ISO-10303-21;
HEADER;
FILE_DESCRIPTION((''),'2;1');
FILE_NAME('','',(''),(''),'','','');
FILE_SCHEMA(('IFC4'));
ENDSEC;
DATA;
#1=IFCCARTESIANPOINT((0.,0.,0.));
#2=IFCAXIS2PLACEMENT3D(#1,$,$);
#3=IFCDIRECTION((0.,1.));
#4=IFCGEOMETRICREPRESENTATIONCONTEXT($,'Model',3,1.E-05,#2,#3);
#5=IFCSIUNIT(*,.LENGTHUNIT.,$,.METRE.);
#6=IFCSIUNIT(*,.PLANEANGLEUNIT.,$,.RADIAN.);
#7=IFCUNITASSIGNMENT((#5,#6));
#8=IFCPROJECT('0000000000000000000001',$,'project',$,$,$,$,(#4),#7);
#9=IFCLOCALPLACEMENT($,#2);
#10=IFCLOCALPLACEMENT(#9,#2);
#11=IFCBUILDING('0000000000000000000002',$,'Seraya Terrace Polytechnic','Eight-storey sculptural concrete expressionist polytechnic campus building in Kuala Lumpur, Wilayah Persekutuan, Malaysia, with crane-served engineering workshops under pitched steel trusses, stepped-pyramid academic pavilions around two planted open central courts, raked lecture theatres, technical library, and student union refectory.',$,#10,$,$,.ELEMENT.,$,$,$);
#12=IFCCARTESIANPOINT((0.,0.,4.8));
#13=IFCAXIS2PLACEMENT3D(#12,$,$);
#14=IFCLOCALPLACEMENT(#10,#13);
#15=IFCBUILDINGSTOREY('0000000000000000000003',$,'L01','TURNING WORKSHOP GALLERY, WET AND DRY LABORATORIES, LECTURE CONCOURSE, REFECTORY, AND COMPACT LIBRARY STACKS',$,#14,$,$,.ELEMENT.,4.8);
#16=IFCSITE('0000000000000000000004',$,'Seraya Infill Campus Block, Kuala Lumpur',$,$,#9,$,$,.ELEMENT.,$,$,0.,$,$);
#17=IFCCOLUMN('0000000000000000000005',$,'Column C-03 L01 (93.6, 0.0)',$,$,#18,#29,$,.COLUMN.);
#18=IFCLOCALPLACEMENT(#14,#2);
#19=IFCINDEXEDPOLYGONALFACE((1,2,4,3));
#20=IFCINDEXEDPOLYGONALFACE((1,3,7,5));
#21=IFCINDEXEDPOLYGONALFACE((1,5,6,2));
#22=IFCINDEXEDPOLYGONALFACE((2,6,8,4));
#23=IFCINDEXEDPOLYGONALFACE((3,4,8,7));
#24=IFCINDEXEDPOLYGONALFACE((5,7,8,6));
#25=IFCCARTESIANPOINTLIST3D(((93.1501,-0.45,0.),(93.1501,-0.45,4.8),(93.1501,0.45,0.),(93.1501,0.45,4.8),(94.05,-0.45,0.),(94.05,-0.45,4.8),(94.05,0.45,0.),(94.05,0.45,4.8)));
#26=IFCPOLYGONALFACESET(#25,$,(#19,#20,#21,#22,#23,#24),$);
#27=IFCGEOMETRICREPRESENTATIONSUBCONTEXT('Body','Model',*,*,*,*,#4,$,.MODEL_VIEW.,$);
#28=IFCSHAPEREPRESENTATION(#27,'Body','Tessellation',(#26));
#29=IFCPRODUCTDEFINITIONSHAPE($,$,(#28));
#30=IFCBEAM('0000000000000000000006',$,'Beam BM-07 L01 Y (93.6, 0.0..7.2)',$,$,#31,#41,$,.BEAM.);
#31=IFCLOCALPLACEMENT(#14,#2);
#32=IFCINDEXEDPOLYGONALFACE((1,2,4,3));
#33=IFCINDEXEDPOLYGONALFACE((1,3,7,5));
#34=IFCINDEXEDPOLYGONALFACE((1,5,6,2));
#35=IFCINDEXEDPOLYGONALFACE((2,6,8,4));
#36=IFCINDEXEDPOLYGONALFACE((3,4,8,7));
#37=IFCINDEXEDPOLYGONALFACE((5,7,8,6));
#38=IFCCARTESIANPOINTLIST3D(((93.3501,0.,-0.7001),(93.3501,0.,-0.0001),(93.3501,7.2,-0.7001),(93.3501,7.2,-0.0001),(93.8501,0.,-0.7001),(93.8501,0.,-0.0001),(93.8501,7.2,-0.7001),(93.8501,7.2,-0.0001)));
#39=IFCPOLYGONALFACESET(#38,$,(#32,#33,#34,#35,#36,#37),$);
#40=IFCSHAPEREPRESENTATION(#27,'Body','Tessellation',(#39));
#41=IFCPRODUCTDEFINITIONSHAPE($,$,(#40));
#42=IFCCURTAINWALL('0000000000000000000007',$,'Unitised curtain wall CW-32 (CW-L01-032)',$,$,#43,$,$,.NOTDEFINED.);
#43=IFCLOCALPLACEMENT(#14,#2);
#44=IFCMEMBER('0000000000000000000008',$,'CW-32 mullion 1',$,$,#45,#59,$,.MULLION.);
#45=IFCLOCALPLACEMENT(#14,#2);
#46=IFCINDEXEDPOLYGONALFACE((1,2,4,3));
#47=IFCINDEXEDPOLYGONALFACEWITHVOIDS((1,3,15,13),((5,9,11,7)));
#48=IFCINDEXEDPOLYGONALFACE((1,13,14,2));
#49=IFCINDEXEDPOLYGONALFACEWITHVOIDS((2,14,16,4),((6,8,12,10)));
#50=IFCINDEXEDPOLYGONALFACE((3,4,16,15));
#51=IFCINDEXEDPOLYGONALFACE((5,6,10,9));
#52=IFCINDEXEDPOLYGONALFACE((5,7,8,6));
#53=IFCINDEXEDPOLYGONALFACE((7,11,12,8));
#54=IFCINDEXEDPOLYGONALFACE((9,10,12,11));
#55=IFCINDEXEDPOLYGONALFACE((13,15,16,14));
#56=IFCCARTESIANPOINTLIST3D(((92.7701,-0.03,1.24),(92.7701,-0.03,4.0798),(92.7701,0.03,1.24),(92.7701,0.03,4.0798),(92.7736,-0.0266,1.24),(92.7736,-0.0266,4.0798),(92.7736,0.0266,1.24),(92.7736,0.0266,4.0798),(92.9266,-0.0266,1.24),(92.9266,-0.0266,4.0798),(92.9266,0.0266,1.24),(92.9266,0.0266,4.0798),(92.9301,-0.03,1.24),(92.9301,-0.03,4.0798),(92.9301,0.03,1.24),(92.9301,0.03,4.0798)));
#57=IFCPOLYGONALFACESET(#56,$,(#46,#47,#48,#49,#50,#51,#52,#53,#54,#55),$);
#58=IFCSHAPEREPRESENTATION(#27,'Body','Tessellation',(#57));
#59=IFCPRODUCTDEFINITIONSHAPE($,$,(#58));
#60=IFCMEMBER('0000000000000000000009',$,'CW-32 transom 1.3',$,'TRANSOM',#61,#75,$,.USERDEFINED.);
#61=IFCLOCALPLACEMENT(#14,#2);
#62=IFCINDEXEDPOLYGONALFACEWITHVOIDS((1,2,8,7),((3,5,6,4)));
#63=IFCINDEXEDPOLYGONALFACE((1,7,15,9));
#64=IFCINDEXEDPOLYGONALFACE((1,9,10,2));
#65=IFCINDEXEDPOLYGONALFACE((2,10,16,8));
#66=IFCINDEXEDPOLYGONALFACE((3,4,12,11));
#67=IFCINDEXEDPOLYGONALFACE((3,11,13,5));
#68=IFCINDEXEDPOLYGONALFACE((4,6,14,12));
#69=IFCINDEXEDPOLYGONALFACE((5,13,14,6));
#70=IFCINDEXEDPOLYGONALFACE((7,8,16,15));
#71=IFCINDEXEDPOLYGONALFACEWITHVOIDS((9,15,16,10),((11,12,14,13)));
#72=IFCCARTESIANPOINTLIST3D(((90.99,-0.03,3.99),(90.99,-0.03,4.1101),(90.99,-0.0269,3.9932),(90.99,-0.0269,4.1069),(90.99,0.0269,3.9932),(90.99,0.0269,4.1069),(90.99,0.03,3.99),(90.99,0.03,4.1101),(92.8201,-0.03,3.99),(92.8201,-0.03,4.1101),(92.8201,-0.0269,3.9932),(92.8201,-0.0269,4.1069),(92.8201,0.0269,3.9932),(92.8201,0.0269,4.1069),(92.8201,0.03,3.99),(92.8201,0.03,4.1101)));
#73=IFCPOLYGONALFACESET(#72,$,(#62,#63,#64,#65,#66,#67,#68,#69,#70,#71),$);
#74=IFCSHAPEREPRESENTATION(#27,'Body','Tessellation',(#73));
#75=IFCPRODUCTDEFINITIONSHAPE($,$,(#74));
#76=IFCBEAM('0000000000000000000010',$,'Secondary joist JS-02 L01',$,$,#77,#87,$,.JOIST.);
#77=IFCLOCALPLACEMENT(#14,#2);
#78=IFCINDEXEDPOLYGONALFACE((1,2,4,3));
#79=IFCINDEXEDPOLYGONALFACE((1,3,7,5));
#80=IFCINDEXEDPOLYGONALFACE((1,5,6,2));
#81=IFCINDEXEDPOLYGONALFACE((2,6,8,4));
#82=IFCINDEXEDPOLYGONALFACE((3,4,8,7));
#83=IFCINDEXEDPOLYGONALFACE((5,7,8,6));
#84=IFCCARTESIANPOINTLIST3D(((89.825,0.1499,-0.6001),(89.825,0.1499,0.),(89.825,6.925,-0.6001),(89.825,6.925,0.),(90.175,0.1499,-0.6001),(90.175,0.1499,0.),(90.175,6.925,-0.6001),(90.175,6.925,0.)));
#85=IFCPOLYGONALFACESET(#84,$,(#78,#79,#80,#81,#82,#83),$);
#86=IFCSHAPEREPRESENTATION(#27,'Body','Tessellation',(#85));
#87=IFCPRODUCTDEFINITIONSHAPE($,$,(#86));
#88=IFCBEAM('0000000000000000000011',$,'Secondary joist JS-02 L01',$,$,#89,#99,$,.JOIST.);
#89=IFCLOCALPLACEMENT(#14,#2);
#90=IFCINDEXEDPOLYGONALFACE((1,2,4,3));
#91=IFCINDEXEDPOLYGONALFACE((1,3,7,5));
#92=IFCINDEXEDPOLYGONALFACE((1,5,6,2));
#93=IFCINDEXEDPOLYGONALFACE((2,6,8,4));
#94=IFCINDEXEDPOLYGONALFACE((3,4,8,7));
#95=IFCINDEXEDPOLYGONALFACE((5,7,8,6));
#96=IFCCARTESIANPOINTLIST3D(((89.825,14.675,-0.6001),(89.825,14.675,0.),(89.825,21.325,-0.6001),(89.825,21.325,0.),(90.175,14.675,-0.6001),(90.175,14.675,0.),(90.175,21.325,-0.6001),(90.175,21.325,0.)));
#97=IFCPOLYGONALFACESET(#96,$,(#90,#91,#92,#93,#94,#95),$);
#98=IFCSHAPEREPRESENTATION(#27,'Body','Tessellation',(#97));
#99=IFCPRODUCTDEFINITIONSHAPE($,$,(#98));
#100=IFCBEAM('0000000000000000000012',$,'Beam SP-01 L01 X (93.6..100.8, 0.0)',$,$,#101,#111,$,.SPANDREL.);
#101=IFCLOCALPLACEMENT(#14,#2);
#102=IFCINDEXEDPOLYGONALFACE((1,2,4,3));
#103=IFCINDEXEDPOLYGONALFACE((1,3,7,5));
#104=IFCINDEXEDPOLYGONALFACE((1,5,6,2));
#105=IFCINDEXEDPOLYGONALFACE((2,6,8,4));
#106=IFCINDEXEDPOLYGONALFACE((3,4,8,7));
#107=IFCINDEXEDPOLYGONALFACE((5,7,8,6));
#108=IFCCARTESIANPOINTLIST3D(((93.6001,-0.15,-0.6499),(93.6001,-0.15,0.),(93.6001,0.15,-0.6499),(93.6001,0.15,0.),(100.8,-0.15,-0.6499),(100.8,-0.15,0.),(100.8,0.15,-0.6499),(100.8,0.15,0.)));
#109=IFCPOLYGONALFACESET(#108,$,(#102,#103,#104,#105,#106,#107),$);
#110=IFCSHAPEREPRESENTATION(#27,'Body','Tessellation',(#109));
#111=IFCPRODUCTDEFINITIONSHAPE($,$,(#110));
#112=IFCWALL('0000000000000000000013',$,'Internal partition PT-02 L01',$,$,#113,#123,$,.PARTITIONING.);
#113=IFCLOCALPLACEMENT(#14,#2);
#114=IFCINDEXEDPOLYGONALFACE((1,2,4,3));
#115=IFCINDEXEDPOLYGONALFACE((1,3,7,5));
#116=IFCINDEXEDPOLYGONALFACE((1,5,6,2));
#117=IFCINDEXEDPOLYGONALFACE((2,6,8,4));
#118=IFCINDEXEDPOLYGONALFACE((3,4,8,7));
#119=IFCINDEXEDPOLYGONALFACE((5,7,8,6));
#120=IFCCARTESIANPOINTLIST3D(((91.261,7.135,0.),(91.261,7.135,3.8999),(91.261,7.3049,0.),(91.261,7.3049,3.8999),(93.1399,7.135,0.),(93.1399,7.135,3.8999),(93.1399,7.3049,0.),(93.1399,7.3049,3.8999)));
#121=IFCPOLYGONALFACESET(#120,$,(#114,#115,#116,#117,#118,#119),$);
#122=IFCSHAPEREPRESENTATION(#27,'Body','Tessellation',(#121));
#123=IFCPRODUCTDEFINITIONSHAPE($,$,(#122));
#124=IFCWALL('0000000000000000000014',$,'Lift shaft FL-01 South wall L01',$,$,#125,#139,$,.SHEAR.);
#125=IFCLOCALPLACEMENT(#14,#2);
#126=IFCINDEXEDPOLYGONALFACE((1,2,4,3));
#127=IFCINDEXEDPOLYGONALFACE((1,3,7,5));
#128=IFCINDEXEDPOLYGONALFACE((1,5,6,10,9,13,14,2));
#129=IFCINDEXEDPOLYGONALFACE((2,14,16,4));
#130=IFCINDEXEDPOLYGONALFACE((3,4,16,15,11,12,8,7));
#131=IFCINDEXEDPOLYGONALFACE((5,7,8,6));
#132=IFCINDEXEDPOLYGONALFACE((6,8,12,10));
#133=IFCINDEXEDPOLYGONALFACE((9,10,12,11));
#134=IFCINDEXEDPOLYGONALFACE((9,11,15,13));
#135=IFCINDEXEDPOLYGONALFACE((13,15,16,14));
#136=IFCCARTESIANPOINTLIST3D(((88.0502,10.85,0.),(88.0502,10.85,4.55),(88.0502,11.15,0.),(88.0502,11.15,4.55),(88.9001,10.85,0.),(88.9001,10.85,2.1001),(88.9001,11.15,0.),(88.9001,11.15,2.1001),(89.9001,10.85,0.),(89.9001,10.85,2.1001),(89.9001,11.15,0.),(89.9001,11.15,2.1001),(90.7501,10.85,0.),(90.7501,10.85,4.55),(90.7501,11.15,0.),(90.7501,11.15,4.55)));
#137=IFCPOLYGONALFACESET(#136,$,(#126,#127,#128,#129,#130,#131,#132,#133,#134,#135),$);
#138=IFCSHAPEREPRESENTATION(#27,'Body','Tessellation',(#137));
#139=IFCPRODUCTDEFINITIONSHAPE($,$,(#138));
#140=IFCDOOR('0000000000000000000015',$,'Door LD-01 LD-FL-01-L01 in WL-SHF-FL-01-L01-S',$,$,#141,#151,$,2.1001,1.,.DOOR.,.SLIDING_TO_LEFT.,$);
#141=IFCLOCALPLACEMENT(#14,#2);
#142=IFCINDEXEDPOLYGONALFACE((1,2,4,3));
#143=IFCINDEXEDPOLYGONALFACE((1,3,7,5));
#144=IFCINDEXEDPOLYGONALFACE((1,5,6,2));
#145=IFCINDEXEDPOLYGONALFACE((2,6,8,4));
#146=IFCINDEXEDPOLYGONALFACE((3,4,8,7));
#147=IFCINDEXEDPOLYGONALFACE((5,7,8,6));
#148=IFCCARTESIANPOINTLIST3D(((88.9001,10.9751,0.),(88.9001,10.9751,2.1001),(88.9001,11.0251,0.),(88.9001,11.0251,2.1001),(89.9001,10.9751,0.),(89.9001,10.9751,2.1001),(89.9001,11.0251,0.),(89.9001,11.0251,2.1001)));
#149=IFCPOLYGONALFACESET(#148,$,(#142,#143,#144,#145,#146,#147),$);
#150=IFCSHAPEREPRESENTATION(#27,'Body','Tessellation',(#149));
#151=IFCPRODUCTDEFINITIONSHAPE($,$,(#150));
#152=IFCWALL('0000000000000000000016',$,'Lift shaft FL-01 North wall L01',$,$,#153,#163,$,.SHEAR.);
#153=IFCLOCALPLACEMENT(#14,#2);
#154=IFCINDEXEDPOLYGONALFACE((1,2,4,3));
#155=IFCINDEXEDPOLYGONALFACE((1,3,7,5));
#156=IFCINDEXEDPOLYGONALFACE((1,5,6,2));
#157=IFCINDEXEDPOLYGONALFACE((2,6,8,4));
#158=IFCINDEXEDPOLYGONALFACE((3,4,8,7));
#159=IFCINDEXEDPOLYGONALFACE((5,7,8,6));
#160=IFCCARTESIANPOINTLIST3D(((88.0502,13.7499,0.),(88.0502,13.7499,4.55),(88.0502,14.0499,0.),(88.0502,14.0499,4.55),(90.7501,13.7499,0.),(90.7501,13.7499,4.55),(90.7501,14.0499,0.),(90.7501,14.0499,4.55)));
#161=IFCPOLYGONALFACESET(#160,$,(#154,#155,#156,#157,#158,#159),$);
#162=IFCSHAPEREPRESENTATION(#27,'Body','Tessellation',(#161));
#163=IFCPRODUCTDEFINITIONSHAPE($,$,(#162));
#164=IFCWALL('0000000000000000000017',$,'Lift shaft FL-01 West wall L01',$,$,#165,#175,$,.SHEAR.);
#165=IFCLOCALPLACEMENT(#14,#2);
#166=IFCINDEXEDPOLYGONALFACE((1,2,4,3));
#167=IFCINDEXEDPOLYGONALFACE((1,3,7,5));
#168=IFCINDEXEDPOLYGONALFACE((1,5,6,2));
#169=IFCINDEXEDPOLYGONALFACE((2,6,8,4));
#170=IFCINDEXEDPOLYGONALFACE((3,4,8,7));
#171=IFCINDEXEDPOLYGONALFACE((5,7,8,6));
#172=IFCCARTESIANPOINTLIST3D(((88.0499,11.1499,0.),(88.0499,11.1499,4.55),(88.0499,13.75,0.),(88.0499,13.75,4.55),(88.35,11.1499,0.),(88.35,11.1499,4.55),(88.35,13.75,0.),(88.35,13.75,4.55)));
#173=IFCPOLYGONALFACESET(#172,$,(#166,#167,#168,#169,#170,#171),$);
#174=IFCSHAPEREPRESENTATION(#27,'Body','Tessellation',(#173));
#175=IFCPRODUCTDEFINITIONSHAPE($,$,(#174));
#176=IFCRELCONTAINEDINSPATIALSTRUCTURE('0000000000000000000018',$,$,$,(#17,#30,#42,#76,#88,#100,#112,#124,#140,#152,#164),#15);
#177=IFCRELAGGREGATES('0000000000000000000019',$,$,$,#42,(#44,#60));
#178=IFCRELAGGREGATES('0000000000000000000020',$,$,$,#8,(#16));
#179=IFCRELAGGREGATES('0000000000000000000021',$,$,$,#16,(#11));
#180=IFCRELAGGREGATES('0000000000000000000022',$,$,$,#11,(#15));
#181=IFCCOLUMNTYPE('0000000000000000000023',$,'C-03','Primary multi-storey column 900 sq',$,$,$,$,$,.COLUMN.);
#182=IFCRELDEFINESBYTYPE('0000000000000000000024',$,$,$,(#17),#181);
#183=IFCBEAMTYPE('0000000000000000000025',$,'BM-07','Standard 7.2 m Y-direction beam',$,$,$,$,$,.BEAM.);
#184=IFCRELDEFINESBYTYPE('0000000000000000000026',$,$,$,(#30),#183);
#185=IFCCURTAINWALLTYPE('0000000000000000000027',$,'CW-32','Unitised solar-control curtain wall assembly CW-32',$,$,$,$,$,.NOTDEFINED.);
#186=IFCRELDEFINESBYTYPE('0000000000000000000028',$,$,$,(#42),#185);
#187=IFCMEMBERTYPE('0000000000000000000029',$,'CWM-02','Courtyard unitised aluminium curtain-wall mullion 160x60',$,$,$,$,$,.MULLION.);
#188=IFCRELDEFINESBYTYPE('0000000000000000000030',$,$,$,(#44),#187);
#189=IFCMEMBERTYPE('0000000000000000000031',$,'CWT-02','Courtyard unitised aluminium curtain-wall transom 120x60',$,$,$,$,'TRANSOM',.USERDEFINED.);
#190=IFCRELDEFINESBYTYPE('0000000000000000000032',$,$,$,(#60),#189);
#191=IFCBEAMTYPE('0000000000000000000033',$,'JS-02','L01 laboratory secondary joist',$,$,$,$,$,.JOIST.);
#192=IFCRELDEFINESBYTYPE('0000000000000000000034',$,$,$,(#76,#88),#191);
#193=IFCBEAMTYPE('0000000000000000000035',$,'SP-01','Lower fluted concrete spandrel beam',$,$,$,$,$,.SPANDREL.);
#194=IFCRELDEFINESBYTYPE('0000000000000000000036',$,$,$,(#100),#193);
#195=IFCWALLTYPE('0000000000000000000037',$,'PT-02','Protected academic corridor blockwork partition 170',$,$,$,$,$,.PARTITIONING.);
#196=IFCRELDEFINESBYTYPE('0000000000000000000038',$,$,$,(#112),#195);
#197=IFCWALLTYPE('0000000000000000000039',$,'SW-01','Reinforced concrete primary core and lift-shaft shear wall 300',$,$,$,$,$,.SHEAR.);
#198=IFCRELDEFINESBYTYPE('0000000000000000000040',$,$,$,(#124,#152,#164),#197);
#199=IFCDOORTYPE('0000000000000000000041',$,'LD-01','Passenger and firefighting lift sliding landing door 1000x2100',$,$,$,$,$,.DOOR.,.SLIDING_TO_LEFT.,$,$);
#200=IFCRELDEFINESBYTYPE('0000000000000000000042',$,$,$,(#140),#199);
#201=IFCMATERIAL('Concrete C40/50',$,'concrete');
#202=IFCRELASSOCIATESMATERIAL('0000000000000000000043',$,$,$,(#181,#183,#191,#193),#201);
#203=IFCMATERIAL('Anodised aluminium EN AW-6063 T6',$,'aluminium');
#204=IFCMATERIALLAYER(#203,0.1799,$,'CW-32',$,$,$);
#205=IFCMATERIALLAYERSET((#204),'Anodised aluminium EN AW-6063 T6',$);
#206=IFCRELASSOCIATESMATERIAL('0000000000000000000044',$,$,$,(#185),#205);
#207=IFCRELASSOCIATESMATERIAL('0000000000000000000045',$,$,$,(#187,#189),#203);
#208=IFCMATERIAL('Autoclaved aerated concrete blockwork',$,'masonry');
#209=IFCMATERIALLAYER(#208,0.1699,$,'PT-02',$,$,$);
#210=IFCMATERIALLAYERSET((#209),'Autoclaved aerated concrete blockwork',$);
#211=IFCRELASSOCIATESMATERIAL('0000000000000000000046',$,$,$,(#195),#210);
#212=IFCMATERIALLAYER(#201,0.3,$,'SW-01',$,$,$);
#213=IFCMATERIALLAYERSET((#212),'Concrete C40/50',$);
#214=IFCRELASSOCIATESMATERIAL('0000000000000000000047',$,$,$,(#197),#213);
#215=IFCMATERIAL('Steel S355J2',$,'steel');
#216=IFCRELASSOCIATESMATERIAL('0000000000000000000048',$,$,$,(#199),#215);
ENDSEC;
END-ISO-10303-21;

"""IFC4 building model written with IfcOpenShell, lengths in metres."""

from ifc_helpers import new_model, si_unit, direction, frame, frame_2d, origin, origin_2d, place, context, subcontext, project, spatial, rectangle, hollow_rectangle, extrude, material, layer, layer_set, material_profile, profile_set, type_object, element, fill, aggregate, save


model = new_model("IFC4")

# Units and contexts
model_context = context("Model", 3, precision=1e-05, world=origin(), true_north=direction((0.0, 1.0)))
body_context = subcontext(model_context, "Body", "Model", "MODEL_VIEW")
ifc_project = project(units=[si_unit("LENGTHUNIT", "METRE"), si_unit("PLANEANGLEUNIT", "RADIAN")], contexts=[model_context])

# Site, building, storey
site_placement = place(None, origin())
site = spatial("IfcSite", under=ifc_project, at=site_placement, Name="Seraya Infill Campus Block, Kuala Lumpur", CompositionType="ELEMENT", RefElevation=0.0)
building_placement = place(site_placement, origin())
building = spatial("IfcBuilding", under=site, at=building_placement, Name="Seraya Terrace Polytechnic", Description="Eight-storey sculptural concrete expressionist polytechnic campus building in Kuala Lumpur, Wilayah Persekutuan, Malaysia, with crane-served engineering workshops under pitched steel trusses, stepped-pyramid academic pavilions around two planted open central courts, raked lecture theatres, technical library, and student union refectory.", CompositionType="ELEMENT")
storey_placement = place(building_placement, frame((0.0, 0.0, 4.8)))
storey = spatial("IfcBuildingStorey", under=building, at=storey_placement, Name="L01", Description="TURNING WORKSHOP GALLERY, WET AND DRY LABORATORIES, LECTURE CONCOURSE, REFECTORY, AND COMPACT LIBRARY STACKS", CompositionType="ELEMENT", Elevation=4.8)

# Column
ifc_material_1 = material(Name="Concrete C40/50", Category="concrete")
ifc_material_profile_1 = material_profile(ifc_material_1, rectangle(XDim=0.8999, YDim=0.8999, at=origin_2d()), Name="RC 900x900")
ifc_profile_set_1 = profile_set([ifc_material_profile_1], Name="Concrete C40/50")
column_type = type_object("IfcColumnType", Name="C-03", Description="Primary multi-storey column 900 sq", PredefinedType="COLUMN", material=ifc_profile_set_1)
column_placement = place(storey_placement, frame((93.6001, 0.0, 0.0), z_axis=(0.0, 0.0, 1.0), x_axis=(1.0, 0.0, 0.0)))
element("IfcColumn", 1, at=column_placement, inside=storey, type_object=column_type, Name="Column C-03 L01 (93.6, 0.0)", PredefinedType="COLUMN", context=body_context, shape_type="SweptSolid", body=[
    extrude(rectangle(XDim=0.8999, YDim=0.8999, at=origin_2d()), origin(), (0.0, 0.0, 1.0), 4.8),
])

# Beam
ifc_material_profile_2 = material_profile(ifc_material_1, rectangle(XDim=0.5, YDim=0.7, at=origin_2d()), Name="RC 500x700")
ifc_profile_set_2 = profile_set([ifc_material_profile_2], Name="Concrete C40/50")
beam_type_1 = type_object("IfcBeamType", Name="BM-07", Description="Standard 7.2 m Y-direction beam", PredefinedType="BEAM", material=ifc_profile_set_2)
beam_1_placement = place(storey_placement, frame((93.6001, 0.0, -0.3501), z_axis=(0.0, 1.0, 0.0), x_axis=(-1.0, 0.0, 0.0)))
element("IfcBeam", 2, at=beam_1_placement, inside=storey, type_object=beam_type_1, Name="Beam BM-07 L01 Y (93.6, 0.0..7.2)", PredefinedType="BEAM", context=body_context, shape_type="SweptSolid", body=[
    extrude(rectangle(XDim=0.5, YDim=0.7, at=origin_2d()), origin(), (0.0, 0.0, 1.0), 7.2),
])

# Curtain wall, members
ifc_material_2 = material(Name="Anodised aluminium EN AW-6063 T6", Category="aluminium")
ifc_layer_1 = layer(ifc_material_2, 0.1799, Name="CW-32")
ifc_layer_set_1 = layer_set([ifc_layer_1], Name="Anodised aluminium EN AW-6063 T6")
curtain_wall_type = type_object("IfcCurtainWallType", Name="CW-32", Description="Unitised solar-control curtain wall assembly CW-32", PredefinedType="NOTDEFINED", material=ifc_layer_set_1)
curtain_wall_placement = place(storey_placement, origin())
curtain_wall = element("IfcCurtainWall", 3, at=curtain_wall_placement, inside=storey, type_object=curtain_wall_type, Name="Unitised curtain wall CW-32 (CW-L01-032)", PredefinedType="NOTDEFINED")
ifc_material_profile_3 = material_profile(ifc_material_2, hollow_rectangle(XDim=0.0601, YDim=0.1599, WallThickness=0.0034, at=origin_2d()), Name="RHS 160x60x3.5")
ifc_profile_set_3 = profile_set([ifc_material_profile_3], Name="Anodised aluminium EN AW-6063 T6")
member_type_1 = type_object("IfcMemberType", Name="CWM-02", Description="Courtyard unitised aluminium curtain-wall mullion 160x60", PredefinedType="MULLION", material=ifc_profile_set_3)
member_1_placement = place(storey_placement, frame((92.8501, 0.0, 1.24), z_axis=(0.0, 0.0, 1.0), x_axis=(0.0, -1.0, 0.0)))
member_1 = element("IfcMember", 4, at=member_1_placement, type_object=member_type_1, Name="CW-32 mullion 1", PredefinedType="MULLION", context=body_context, shape_type="SweptSolid", body=[
    extrude(hollow_rectangle(XDim=0.0601, YDim=0.1599, WallThickness=0.0034, at=origin_2d()), origin(), (0.0, 0.0, 1.0), 2.8398),
])
ifc_material_profile_4 = material_profile(ifc_material_2, hollow_rectangle(XDim=0.0601, YDim=0.1201, WallThickness=0.0032, at=origin_2d()), Name="RHS 120x60x3.2")
ifc_profile_set_4 = profile_set([ifc_material_profile_4], Name="Anodised aluminium EN AW-6063 T6")
member_type_2 = type_object("IfcMemberType", Name="CWT-02", Description="Courtyard unitised aluminium curtain-wall transom 120x60", ElementType="TRANSOM", PredefinedType="USERDEFINED", material=ifc_profile_set_4)
member_2_placement = place(storey_placement, frame((92.8201, 0.0, 4.05), z_axis=(-1.0, 0.0, 0.0), x_axis=(0.0, -1.0, 0.0)))
member_2 = element("IfcMember", 5, at=member_2_placement, type_object=member_type_2, Name="CW-32 transom 1.3", ObjectType="TRANSOM", PredefinedType="USERDEFINED", context=body_context, shape_type="SweptSolid", body=[
    extrude(hollow_rectangle(XDim=0.0601, YDim=0.1201, WallThickness=0.0032, at=origin_2d()), origin(), (0.0, 0.0, 1.0), 1.8301),
])
aggregate(curtain_wall, [member_1, member_2])

# Beams
ifc_material_profile_5 = material_profile(ifc_material_1, rectangle(XDim=0.3501, YDim=0.6001, at=origin_2d()), Name="RC 350x600")
ifc_profile_set_5 = profile_set([ifc_material_profile_5], Name="Concrete C40/50")
beam_type_2 = type_object("IfcBeamType", Name="JS-02", Description="L01 laboratory secondary joist", PredefinedType="JOIST", material=ifc_profile_set_5)
beam_2_placement = place(storey_placement, frame((90.0, 0.1499, -0.3), z_axis=(0.0, 1.0, 0.0), x_axis=(-1.0, 0.0, 0.0)))
element("IfcBeam", 6, at=beam_2_placement, inside=storey, type_object=beam_type_2, Name="Secondary joist JS-02 L01", PredefinedType="JOIST", context=body_context, shape_type="SweptSolid", body=[
    extrude(rectangle(XDim=0.3501, YDim=0.6001, at=origin_2d()), origin(), (0.0, 0.0, 1.0), 6.7751),
])
beam_3_placement = place(storey_placement, frame((90.0, 14.675, -0.3), z_axis=(0.0, 1.0, 0.0), x_axis=(-1.0, 0.0, 0.0)))
element("IfcBeam", 7, at=beam_3_placement, inside=storey, type_object=beam_type_2, Name="Secondary joist JS-02 L01", PredefinedType="JOIST", context=body_context, shape_type="SweptSolid", body=[
    extrude(rectangle(XDim=0.3501, YDim=0.6001, at=origin_2d()), origin(), (0.0, 0.0, 1.0), 6.6499),
])
ifc_material_profile_6 = material_profile(ifc_material_1, rectangle(XDim=0.3, YDim=0.6499, at=origin_2d()), Name="RC 300x650")
ifc_profile_set_6 = profile_set([ifc_material_profile_6], Name="Concrete C40/50")
beam_type_3 = type_object("IfcBeamType", Name="SP-01", Description="Lower fluted concrete spandrel beam", PredefinedType="SPANDREL", material=ifc_profile_set_6)
beam_4_placement = place(storey_placement, frame((93.6001, 0.0, -0.325), z_axis=(1.0, 0.0, 0.0), x_axis=(0.0, 1.0, 0.0)))
element("IfcBeam", 8, at=beam_4_placement, inside=storey, type_object=beam_type_3, Name="Beam SP-01 L01 X (93.6..100.8, 0.0)", PredefinedType="SPANDREL", context=body_context, shape_type="SweptSolid", body=[
    extrude(rectangle(XDim=0.3, YDim=0.6499, at=origin_2d()), origin(), (0.0, 0.0, 1.0), 7.2),
])

# Wall
ifc_material_3 = material(Name="Autoclaved aerated concrete blockwork", Category="masonry")
ifc_layer_2 = layer(ifc_material_3, 0.1699, Name="PT-02")
ifc_layer_set_2 = layer_set([ifc_layer_2], Name="Autoclaved aerated concrete blockwork")
wall_type_1 = type_object("IfcWallType", Name="PT-02", Description="Protected academic corridor blockwork partition 170", PredefinedType="PARTITIONING", material=ifc_layer_set_2)
wall_1_placement = place(storey_placement, frame((91.261, 7.22, 0.0), z_axis=(0.0, 0.0, 1.0), x_axis=(1.0, 0.0, 0.0)))
element("IfcWall", 9, at=wall_1_placement, inside=storey, type_object=wall_type_1, Name="Internal partition PT-02 L01", PredefinedType="PARTITIONING", context=body_context, shape_type="SweptSolid", body=[
    extrude(rectangle(XDim=1.8789, YDim=0.1699, at=frame_2d((0.9395, 0.0))), origin(), (0.0, 0.0, 1.0), 3.8999),
])

# Wall, opening, door
ifc_layer_3 = layer(ifc_material_1, 0.3, Name="SW-01")
ifc_layer_set_3 = layer_set([ifc_layer_3], Name="Concrete C40/50")
wall_type_2 = type_object("IfcWallType", Name="SW-01", Description="Reinforced concrete primary core and lift-shaft shear wall 300", PredefinedType="SHEAR", material=ifc_layer_set_3)
wall_2_placement = place(storey_placement, frame((88.05, 11.0, 0.0), z_axis=(0.0, 0.0, 1.0), x_axis=(1.0, 0.0, 0.0)))
wall_2 = element("IfcWall", 10, at=wall_2_placement, inside=storey, type_object=wall_type_2, Name="Lift shaft FL-01 South wall L01", PredefinedType="SHEAR", context=body_context, shape_type="SweptSolid", body=[
    extrude(rectangle(XDim=2.7, YDim=0.3, at=frame_2d((1.3501, 0.0))), origin(), (0.0, 0.0, 1.0), 4.55),
])
opening_1_placement = place(wall_2_placement, frame((0.8501, 0.0, 0.0)))
opening_1 = element("IfcOpeningElement", 11, at=opening_1_placement, cuts=wall_2, PredefinedType="OPENING", context=body_context, shape_type="SweptSolid", body=[
    extrude(rectangle(XDim=1.0, YDim=2.1001, at=frame_2d((0.5, 1.05))), frame((0.0, 0.1621, 0.0), z_axis=(0.0, -1.0, 0.0), x_axis=(1.0, 0.0, 0.0)), (0.0, 0.0, 1.0), 0.324),
])
ifc_material_4 = material(Name="Steel S355J2", Category="steel")
door_type_1 = type_object("IfcDoorType", Name="LD-01", Description="Passenger and firefighting lift sliding landing door 1000x2100", OperationType="SLIDING_TO_LEFT", PredefinedType="DOOR", material=ifc_material_4)
door_1_placement = place(opening_1_placement, frame((1.0, 0.0, 0.0), z_axis=(0.0, 0.0, 1.0), x_axis=(-1.0, 0.0, 0.0)))
door_1 = element("IfcDoor", 12, at=door_1_placement, inside=storey, type_object=door_type_1, Name="Door LD-01 LD-FL-01-L01 in WL-SHF-FL-01-L01-S", OperationType="SLIDING_TO_LEFT", OverallHeight=2.1001, OverallWidth=1.0, PredefinedType="DOOR", context=body_context, shape_type="SweptSolid", body=[
    extrude(rectangle(XDim=1.0, YDim=2.1001, at=frame_2d((0.5, 1.05))), frame((0.0, 0.0249, 0.0), z_axis=(0.0, -1.0, 0.0), x_axis=(1.0, 0.0, 0.0)), (0.0, 0.0, 1.0), 0.05),
])
fill(opening_1, door_1)

# Walls
wall_3_placement = place(storey_placement, frame((88.05, 13.8999, 0.0), z_axis=(0.0, 0.0, 1.0), x_axis=(1.0, 0.0, 0.0)))
element("IfcWall", 13, at=wall_3_placement, inside=storey, type_object=wall_type_2, Name="Lift shaft FL-01 North wall L01", PredefinedType="SHEAR", context=body_context, shape_type="SweptSolid", body=[
    extrude(rectangle(XDim=2.7, YDim=0.3, at=frame_2d((1.3501, 0.0))), origin(), (0.0, 0.0, 1.0), 4.55),
])
for number, where, z_axis, x_axis, name in (
    (14, (88.2, 11.1499, 0.0), (0.0, 0.0, 1.0), (0.0, 1.0, 0.0), "Lift shaft FL-01 West wall L01"),
):
    element("IfcWall", number, at=place(storey_placement, frame(where, z_axis=z_axis, x_axis=x_axis)), inside=storey, type_object=wall_type_2, Name=name, PredefinedType="SHEAR", context=body_context, shape_type="SweptSolid", body=[
        extrude(rectangle(XDim=2.6001, YDim=0.3, at=frame_2d((1.3, 0.0))), origin(), (0.0, 0.0, 1.0), 4.55),
    ])

save(model, "model.ifc")
